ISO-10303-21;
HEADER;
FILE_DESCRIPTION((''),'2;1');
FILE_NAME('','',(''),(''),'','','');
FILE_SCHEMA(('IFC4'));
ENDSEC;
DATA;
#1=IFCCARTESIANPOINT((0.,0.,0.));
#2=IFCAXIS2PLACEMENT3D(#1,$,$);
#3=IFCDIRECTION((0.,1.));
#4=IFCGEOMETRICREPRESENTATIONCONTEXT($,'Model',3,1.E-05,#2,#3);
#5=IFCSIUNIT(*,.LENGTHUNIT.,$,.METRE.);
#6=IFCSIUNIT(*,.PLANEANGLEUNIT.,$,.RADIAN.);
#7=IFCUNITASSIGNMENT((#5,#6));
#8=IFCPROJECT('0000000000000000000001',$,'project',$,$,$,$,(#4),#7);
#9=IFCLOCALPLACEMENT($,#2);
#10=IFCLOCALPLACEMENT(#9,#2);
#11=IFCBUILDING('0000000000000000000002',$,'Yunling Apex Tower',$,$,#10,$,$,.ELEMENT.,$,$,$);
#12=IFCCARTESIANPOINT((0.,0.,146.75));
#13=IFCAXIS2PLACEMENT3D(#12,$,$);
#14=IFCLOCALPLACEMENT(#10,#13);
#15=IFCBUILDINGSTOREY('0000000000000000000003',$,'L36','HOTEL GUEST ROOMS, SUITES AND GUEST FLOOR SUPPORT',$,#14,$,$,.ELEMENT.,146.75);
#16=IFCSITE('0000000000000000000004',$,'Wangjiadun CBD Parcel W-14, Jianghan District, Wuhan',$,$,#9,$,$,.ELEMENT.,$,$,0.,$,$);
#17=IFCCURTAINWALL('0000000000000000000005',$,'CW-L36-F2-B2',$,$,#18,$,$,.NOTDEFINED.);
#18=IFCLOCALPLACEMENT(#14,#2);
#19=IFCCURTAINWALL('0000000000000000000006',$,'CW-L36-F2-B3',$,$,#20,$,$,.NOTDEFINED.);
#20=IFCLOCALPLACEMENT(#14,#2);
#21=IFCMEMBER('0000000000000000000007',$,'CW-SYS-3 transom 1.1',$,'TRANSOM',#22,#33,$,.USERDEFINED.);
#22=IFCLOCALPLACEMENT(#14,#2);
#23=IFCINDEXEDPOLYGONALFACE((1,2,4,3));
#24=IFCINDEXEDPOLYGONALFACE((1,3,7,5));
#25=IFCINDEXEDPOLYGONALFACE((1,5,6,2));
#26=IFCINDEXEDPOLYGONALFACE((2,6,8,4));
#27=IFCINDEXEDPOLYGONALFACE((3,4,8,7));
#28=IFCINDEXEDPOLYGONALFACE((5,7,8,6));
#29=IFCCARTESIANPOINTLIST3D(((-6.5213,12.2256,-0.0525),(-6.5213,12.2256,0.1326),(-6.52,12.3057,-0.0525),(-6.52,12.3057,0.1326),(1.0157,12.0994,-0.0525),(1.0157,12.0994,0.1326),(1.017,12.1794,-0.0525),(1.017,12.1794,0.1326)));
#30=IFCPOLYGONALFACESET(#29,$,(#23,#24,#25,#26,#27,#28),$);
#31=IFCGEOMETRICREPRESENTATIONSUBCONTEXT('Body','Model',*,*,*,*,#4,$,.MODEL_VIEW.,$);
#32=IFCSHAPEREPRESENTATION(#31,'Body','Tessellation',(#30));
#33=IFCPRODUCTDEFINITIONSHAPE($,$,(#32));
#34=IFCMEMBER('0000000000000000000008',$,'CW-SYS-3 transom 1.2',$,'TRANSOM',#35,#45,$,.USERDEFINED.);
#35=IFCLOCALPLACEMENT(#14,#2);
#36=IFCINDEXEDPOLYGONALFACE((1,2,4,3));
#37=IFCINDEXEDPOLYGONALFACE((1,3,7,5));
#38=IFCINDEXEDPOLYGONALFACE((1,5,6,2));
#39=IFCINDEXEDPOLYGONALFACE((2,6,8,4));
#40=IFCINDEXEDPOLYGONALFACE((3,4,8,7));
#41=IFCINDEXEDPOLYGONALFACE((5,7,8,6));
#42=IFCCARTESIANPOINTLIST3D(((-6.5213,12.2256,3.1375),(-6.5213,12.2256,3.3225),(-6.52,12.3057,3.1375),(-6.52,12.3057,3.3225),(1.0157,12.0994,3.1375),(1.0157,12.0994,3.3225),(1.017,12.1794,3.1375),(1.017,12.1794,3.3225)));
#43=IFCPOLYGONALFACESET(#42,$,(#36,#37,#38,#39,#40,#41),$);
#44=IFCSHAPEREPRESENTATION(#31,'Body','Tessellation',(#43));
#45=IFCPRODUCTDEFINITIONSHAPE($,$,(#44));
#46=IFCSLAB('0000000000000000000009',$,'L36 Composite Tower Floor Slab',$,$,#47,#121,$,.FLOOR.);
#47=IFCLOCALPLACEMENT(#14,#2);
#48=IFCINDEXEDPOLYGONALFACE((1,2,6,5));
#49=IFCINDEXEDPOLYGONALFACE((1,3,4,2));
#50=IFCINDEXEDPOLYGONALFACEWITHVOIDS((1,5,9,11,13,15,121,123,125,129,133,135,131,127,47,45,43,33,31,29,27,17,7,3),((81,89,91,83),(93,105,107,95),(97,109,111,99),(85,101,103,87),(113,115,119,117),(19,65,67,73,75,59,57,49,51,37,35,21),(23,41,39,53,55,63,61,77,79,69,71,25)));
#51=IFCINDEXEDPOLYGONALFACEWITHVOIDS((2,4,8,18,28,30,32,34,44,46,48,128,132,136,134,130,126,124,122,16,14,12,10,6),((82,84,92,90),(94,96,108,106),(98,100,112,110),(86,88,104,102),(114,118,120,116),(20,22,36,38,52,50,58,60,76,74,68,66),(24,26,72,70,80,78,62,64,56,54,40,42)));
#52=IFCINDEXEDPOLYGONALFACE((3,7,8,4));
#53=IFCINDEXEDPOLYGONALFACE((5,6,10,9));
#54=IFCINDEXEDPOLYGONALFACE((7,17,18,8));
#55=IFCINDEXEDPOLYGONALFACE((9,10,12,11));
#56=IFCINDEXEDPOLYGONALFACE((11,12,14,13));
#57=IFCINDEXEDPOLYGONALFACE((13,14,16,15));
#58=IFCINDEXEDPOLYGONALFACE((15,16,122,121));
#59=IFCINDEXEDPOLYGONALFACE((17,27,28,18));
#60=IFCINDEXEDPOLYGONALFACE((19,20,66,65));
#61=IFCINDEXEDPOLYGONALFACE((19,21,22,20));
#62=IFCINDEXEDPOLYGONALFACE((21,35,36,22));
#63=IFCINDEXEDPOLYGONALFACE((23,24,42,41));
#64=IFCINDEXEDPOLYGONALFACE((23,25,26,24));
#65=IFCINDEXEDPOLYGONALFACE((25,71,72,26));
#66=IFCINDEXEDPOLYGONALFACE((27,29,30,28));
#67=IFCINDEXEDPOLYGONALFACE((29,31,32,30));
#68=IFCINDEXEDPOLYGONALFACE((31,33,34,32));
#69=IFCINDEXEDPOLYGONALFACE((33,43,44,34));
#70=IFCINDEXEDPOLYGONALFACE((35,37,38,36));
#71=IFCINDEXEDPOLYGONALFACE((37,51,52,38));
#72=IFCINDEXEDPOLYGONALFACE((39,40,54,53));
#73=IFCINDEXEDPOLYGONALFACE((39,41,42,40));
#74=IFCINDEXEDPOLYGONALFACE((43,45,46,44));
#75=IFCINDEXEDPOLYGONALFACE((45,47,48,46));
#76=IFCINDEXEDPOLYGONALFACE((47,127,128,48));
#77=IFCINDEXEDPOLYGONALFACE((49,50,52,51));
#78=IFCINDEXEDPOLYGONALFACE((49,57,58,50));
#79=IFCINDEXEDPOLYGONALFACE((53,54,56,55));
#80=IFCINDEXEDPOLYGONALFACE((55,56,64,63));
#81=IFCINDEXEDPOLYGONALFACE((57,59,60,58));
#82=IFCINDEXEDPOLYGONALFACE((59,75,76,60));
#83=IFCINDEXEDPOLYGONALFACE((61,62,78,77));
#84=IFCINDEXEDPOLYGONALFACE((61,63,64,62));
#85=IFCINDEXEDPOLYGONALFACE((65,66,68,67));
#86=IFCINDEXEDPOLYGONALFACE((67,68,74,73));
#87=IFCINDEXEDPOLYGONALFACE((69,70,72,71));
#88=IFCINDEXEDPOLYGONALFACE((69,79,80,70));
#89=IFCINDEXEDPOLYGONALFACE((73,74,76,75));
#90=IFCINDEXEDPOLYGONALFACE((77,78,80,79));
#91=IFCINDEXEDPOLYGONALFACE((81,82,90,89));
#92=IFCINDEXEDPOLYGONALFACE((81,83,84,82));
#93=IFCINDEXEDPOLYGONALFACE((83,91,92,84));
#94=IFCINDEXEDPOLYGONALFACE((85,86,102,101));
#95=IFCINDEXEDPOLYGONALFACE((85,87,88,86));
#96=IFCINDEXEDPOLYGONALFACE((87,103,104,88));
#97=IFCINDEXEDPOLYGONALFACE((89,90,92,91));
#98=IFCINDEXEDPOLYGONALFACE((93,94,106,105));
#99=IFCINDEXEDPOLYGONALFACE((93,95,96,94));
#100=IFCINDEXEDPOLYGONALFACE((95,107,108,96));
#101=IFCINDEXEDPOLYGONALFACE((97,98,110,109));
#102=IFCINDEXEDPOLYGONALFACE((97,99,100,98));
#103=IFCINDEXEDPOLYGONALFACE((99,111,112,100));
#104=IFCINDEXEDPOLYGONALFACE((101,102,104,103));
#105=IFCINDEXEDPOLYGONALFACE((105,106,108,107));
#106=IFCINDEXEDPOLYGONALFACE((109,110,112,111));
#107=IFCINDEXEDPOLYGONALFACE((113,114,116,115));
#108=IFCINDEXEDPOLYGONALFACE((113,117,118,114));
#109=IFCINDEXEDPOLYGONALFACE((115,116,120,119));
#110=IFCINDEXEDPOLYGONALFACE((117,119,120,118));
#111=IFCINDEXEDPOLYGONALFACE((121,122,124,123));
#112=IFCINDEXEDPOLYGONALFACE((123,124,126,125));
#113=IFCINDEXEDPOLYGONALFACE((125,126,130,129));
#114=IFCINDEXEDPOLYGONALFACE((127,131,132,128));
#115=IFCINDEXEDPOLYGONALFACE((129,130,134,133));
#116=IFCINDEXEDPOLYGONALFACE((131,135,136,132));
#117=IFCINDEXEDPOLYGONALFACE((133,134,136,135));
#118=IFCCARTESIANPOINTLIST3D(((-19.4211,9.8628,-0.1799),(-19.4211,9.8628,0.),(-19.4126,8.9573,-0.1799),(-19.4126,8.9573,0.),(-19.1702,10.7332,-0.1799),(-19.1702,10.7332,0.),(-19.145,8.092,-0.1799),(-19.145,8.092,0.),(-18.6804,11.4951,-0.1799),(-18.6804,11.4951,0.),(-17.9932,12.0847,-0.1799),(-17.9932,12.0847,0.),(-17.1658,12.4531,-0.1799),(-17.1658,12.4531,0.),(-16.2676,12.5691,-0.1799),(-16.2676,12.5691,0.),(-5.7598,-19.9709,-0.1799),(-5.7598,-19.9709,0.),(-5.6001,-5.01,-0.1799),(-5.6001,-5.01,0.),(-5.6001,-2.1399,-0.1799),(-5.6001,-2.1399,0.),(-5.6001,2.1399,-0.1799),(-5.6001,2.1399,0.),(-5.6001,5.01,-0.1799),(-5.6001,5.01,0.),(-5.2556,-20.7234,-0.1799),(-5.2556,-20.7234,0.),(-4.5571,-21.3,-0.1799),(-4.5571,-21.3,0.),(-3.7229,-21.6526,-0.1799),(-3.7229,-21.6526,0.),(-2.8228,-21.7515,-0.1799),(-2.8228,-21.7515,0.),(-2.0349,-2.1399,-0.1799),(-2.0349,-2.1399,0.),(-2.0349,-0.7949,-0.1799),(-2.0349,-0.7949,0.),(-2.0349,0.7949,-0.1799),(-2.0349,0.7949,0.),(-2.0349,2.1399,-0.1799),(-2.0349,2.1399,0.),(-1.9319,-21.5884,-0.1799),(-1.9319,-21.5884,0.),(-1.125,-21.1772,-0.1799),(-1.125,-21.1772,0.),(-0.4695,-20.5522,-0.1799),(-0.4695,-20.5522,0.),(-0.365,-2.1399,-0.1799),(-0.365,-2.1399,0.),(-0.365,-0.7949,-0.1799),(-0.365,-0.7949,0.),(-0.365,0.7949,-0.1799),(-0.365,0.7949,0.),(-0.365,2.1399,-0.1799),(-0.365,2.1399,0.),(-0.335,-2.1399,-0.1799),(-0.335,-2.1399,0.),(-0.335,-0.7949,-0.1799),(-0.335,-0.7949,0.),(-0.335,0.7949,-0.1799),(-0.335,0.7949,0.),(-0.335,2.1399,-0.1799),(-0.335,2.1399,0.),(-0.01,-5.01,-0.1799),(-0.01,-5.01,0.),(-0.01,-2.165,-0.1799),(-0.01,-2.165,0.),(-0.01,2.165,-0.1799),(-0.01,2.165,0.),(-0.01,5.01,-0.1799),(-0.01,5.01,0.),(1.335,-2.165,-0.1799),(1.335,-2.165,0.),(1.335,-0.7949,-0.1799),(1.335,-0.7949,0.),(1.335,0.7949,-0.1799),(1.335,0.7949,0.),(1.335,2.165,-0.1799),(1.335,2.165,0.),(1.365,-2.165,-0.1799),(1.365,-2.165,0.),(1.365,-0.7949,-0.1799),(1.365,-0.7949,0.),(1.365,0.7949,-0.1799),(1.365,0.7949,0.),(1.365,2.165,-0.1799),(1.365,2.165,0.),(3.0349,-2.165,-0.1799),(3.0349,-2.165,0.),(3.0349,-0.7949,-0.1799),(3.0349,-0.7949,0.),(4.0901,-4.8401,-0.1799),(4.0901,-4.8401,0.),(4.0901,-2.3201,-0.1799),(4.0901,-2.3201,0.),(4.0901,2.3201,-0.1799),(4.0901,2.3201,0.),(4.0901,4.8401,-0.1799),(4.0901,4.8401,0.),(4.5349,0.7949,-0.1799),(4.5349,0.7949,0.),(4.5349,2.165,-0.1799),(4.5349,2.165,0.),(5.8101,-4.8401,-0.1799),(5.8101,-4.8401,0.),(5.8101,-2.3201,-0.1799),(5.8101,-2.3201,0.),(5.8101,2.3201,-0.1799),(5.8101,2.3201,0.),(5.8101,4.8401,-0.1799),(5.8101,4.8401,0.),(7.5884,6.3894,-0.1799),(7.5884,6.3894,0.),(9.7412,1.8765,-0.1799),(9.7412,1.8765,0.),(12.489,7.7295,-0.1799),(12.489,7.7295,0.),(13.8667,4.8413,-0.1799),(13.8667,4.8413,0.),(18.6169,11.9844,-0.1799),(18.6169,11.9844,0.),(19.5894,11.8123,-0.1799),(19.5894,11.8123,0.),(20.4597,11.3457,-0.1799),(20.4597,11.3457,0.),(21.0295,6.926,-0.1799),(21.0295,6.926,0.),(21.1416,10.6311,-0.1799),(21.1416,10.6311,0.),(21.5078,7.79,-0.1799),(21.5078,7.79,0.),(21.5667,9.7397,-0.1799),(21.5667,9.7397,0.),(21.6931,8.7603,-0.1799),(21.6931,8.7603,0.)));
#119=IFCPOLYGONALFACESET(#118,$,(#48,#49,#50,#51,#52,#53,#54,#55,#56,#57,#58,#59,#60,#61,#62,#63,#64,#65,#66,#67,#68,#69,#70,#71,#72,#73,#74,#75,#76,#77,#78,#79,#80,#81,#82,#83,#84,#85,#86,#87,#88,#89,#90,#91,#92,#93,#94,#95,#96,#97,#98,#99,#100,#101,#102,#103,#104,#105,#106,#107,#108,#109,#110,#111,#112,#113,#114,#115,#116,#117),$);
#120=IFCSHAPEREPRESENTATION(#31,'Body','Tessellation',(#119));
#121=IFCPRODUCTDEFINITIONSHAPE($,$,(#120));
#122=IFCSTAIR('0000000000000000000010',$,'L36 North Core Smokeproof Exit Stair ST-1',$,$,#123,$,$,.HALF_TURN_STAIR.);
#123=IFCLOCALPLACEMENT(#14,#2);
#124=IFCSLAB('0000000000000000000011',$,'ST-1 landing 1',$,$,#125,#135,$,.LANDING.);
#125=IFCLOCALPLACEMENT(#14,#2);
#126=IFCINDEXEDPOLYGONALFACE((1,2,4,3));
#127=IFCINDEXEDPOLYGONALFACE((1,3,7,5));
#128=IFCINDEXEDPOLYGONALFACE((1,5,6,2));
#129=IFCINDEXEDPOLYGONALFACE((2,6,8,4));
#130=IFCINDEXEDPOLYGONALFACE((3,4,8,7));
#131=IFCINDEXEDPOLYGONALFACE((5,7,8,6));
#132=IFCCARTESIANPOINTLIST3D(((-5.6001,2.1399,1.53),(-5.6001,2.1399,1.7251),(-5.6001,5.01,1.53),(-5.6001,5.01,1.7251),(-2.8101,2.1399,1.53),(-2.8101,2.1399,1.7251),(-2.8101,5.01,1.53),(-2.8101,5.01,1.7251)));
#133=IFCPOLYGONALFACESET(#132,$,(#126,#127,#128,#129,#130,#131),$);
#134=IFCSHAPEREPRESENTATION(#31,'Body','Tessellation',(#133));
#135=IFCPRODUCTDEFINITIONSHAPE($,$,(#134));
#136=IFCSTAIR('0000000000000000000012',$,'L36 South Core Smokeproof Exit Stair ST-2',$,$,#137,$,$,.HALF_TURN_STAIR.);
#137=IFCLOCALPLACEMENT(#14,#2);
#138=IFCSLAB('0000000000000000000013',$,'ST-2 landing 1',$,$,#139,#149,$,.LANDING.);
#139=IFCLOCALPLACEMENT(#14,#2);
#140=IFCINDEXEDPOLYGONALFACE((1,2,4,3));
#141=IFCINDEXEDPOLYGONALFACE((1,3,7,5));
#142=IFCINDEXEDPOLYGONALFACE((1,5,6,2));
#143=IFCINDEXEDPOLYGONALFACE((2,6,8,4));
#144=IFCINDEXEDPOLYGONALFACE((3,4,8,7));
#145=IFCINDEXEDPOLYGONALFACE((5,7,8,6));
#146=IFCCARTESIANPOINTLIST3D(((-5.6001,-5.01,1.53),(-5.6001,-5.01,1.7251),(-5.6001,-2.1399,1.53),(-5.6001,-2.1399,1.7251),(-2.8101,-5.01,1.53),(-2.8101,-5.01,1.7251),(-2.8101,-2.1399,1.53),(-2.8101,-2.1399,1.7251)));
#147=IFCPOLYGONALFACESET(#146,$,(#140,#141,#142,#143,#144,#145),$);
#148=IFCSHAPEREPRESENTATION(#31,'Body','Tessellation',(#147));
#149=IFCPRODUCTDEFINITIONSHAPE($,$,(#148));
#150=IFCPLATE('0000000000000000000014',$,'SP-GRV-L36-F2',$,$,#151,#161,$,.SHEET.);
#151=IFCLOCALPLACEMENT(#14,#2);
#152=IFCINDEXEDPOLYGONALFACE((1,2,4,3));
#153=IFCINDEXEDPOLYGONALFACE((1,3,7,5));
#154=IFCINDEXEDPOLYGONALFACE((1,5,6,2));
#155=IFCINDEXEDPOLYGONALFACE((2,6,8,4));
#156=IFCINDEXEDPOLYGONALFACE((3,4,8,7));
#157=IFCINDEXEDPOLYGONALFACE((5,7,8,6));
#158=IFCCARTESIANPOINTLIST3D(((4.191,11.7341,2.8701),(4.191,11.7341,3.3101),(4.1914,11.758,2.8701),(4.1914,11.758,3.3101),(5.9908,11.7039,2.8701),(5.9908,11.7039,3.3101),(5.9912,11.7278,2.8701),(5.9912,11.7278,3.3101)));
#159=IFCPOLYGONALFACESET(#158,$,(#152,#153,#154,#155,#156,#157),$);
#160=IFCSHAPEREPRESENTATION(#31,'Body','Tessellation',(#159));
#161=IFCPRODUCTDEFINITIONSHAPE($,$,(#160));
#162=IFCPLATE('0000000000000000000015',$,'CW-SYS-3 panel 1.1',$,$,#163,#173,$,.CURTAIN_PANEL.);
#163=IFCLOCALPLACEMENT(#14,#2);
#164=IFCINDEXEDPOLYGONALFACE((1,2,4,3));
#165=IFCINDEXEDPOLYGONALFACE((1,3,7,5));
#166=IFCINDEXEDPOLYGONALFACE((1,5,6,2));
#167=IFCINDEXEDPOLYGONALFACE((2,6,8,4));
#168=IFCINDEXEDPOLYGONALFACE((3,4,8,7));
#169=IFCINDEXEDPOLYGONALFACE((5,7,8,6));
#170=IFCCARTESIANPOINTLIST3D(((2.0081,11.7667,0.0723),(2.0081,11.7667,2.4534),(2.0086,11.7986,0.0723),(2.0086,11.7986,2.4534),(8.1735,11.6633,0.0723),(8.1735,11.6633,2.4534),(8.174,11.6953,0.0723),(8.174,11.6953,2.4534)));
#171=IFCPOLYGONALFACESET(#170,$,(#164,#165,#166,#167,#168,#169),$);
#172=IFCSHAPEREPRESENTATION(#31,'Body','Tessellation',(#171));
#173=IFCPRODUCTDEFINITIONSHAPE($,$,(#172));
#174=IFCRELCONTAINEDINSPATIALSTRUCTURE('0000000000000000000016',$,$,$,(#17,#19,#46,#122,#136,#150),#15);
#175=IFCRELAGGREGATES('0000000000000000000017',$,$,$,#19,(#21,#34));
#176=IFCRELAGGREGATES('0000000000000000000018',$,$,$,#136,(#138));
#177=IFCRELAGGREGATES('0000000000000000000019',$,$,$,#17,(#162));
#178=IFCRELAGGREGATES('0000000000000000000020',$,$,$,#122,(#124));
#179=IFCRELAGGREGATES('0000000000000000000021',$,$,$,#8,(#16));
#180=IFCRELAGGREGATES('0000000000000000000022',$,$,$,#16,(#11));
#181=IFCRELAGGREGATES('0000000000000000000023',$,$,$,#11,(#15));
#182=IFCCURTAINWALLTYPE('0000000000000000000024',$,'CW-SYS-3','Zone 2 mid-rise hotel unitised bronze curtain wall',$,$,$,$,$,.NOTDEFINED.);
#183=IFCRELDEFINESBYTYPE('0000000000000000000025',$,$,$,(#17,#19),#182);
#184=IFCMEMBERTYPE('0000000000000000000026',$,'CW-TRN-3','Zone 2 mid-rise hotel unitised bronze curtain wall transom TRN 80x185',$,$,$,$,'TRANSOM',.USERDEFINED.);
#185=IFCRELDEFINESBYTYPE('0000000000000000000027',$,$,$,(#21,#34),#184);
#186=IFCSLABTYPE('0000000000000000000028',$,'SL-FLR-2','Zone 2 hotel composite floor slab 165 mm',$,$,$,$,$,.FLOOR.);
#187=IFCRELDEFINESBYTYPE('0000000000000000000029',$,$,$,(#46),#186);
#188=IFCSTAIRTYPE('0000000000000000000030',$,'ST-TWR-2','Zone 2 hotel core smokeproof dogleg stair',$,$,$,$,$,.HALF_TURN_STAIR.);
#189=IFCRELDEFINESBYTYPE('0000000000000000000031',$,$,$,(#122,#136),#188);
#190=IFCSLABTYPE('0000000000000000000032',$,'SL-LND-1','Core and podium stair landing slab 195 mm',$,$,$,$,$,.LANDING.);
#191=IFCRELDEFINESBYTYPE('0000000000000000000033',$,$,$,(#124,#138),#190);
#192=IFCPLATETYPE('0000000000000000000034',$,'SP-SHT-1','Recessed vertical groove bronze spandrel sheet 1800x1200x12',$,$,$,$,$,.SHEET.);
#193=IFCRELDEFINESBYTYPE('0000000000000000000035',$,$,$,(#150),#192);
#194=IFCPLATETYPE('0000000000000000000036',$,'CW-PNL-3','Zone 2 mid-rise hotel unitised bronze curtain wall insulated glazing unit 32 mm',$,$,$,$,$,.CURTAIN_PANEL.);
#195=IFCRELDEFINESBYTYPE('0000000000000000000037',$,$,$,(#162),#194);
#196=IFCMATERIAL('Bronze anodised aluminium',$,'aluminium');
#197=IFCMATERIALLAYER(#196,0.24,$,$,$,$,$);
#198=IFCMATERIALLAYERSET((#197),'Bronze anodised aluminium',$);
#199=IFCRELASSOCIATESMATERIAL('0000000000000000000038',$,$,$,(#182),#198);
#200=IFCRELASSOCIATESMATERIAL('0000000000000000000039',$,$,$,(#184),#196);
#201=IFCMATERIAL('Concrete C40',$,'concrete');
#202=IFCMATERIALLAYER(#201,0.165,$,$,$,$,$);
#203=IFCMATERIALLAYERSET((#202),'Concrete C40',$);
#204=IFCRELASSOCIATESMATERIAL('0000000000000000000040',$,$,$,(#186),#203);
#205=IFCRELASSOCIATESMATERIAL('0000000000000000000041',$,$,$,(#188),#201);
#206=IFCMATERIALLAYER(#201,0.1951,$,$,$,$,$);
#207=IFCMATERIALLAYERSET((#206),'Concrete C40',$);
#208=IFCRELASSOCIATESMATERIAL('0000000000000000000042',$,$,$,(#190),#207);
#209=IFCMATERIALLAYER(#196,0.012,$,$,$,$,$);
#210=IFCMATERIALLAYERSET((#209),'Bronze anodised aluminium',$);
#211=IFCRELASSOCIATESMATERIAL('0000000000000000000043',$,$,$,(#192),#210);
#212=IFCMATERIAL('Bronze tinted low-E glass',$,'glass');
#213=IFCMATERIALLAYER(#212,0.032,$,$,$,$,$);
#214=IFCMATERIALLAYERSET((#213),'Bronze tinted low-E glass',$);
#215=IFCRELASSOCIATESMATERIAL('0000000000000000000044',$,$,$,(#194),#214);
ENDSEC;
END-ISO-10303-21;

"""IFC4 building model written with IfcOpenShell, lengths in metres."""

from ifc_helpers import new_model, si_unit, direction, frame, origin, origin_2d, place, context, subcontext, project, spatial, polyline, rectangle, outline, extrude, source, transform, mapped, material, layer, layer_set, material_profile, profile_set, type_object, element, aggregate, save


model = new_model("IFC4")

# Units and contexts
model_context = context("Model", 3, precision=1e-05, world=origin(), true_north=direction((0.0, 1.0)))
body_context = subcontext(model_context, "Body", "Model", "MODEL_VIEW")
ifc_project = project(units=[si_unit("LENGTHUNIT", "METRE"), si_unit("PLANEANGLEUNIT", "RADIAN")], contexts=[model_context])

# Site, building, storey
site_placement = place(None, origin())
site = spatial("IfcSite", under=ifc_project, at=site_placement, Name="Wangjiadun CBD Parcel W-14, Jianghan District, Wuhan", CompositionType="ELEMENT", RefElevation=0.0)
building_placement = place(site_placement, origin())
building = spatial("IfcBuilding", under=site, at=building_placement, Name="Yunling Apex Tower", CompositionType="ELEMENT")
storey_placement = place(building_placement, frame((0.0, 0.0, 146.75)))
storey = spatial("IfcBuildingStorey", under=building, at=storey_placement, Name="L36", Description="HOTEL GUEST ROOMS, SUITES AND GUEST FLOOR SUPPORT", CompositionType="ELEMENT", Elevation=146.75)

# Curtain wall
ifc_material_1 = material(Name="Bronze anodised aluminium", Category="aluminium")
ifc_layer_1 = layer(ifc_material_1, 0.24)
ifc_layer_set_1 = layer_set([ifc_layer_1], Name="Bronze anodised aluminium")
curtain_wall_type = type_object("IfcCurtainWallType", Name="CW-SYS-3", Description="Zone 2 mid-rise hotel unitised bronze curtain wall", PredefinedType="NOTDEFINED", material=ifc_layer_set_1)
curtain_wall_1_placement = place(storey_placement, origin())
curtain_wall_1 = element("IfcCurtainWall", 1, at=curtain_wall_1_placement, inside=storey, type_object=curtain_wall_type, Name="CW-L36-F2-B2", PredefinedType="NOTDEFINED")

# Curtain wall, members
curtain_wall_2_placement = place(storey_placement, origin())
curtain_wall_2 = element("IfcCurtainWall", 2, at=curtain_wall_2_placement, inside=storey, type_object=curtain_wall_type, Name="CW-L36-F2-B3", PredefinedType="NOTDEFINED")
ifc_material_profile_1 = material_profile(ifc_material_1, rectangle(XDim=0.0801, YDim=0.1851, at=origin_2d()))
ifc_profile_set_1 = profile_set([ifc_material_profile_1], Name="Bronze anodised aluminium")
member_type_1 = type_object("IfcMemberType", Name="CW-TRN-3", Description="Zone 2 mid-rise hotel unitised bronze curtain wall transom TRN 80x185", ElementType="TRANSOM", PredefinedType="USERDEFINED", material=ifc_profile_set_1)
shared_shape_1 = source(origin(), body_context, "Body", "SweptSolid", [
    extrude(rectangle(XDim=0.0801, YDim=0.1851, at=origin_2d()), origin(), (0.0, 0.0, 1.0), 7.5381),
])
member_1_placement = place(storey_placement, frame((1.0164, 12.1394, 0.04), z_axis=(-0.99986, 0.016744, 0.0), x_axis=(-0.016744, -0.99986, 0.0)))
member_1 = element("IfcMember", 3, at=member_1_placement, type_object=member_type_1, Name="CW-SYS-3 transom 1.1", ObjectType="TRANSOM", PredefinedType="USERDEFINED", context=body_context, shape_type="MappedRepresentation", body=[
    mapped(shared_shape_1, transform((0.0, 0.0, 0.0), scale=1.0)),
])
member_2_placement = place(storey_placement, frame((1.0164, 12.1394, 3.23), z_axis=(-0.99986, 0.016744, 0.0), x_axis=(-0.016744, -0.99986, 0.0)))
member_2 = element("IfcMember", 4, at=member_2_placement, type_object=member_type_1, Name="CW-SYS-3 transom 1.2", ObjectType="TRANSOM", PredefinedType="USERDEFINED", context=body_context, shape_type="MappedRepresentation", body=[
    mapped(shared_shape_1, transform((0.0, 0.0, 0.0), scale=1.0)),
])
aggregate(curtain_wall_2, [member_1, member_2])

# Slab
ifc_material_2 = material(Name="Concrete C40", Category="concrete")
ifc_layer_2 = layer(ifc_material_2, 0.165)
ifc_layer_set_2 = layer_set([ifc_layer_2], Name="Concrete C40")
slab_type_1 = type_object("IfcSlabType", Name="SL-FLR-2", Description="Zone 2 hotel composite floor slab 165 mm", PredefinedType="FLOOR", material=ifc_layer_set_2)
slab_1_placement = place(storey_placement, frame((0.0, 0.0, -0.1799)))
element("IfcSlab", 5, at=slab_1_placement, inside=storey, type_object=slab_type_1, Name="L36 Composite Tower Floor Slab", PredefinedType="FLOOR", context=body_context, shape_type="SweptSolid", body=[
    extrude(outline(polyline([(-5.7598, -19.9709), (-5.2556, -20.7234), (-4.5571, -21.3), (-3.7229, -21.6526), (-2.8228, -21.7515), (-1.9319, -21.5884), (-1.125, -21.1772), (-0.4695, -20.5522), (21.0295, 6.926), (21.5078, 7.79), (21.6931, 8.7603), (21.5667, 9.7397), (21.1416, 10.6311), (20.4597, 11.3457), (19.5894, 11.8123), (18.6169, 11.9844), (-16.2676, 12.5691), (-17.1658, 12.4531), (-17.9932, 12.0847), (-18.6804, 11.4951), (-19.1702, 10.7332), (-19.4211, 9.8628), (-19.4126, 8.9573), (-19.145, 8.092), (-5.7598, -19.9709)]), holes=[polyline([(12.489, 7.7295), (13.8667, 4.8413), (9.7412, 1.8765), (7.5884, 6.3894), (12.489, 7.7295)]), polyline([(4.0901, -2.3201), (5.8101, -2.3201), (5.8101, -4.8401), (4.0901, -4.8401), (4.0901, -2.3201)]), polyline([(5.8101, 4.8401), (5.8101, 2.3201), (4.0901, 2.3201), (4.0901, 4.8401), (5.8101, 4.8401)]), polyline([(1.365, 2.165), (4.5349, 2.165), (4.5349, 0.7949), (1.365, 0.7949), (1.365, 2.165)]), polyline([(3.0349, -0.7949), (3.0349, -2.165), (1.365, -2.165), (1.365, -0.7949), (3.0349, -0.7949)]), polyline([(-2.0349, -0.7949), (-0.365, -0.7949), (-0.365, -2.1399), (-0.335, -2.1399), (-0.335, -0.7949), (1.335, -0.7949), (1.335, -2.165), (-0.01, -2.165), (-0.01, -5.01), (-5.6001, -5.01), (-5.6001, -2.1399), (-2.0349, -2.1399), (-2.0349, -0.7949)]), polyline([(-5.6001, 2.1399), (-5.6001, 5.01), (-0.01, 5.01), (-0.01, 2.165), (1.335, 2.165), (1.335, 0.7949), (-0.335, 0.7949), (-0.335, 2.1399), (-0.365, 2.1399), (-0.365, 0.7949), (-2.0349, 0.7949), (-2.0349, 2.1399), (-5.6001, 2.1399)])]), origin(), (0.0, 0.0, 1.0), 0.1799),
])

# Stairs, slabs
stair_type = type_object("IfcStairType", Name="ST-TWR-2", Description="Zone 2 hotel core smokeproof dogleg stair", PredefinedType="HALF_TURN_STAIR", material=ifc_material_2)
stair_1_placement = place(storey_placement, origin())
stair_1 = element("IfcStair", 6, at=stair_1_placement, inside=storey, type_object=stair_type, Name="L36 North Core Smokeproof Exit Stair ST-1", PredefinedType="HALF_TURN_STAIR")
ifc_layer_3 = layer(ifc_material_2, 0.1951)
ifc_layer_set_3 = layer_set([ifc_layer_3], Name="Concrete C40")
slab_type_2 = type_object("IfcSlabType", Name="SL-LND-1", Description="Core and podium stair landing slab 195 mm", PredefinedType="LANDING", material=ifc_layer_set_3)
slab_2_placement = place(storey_placement, frame((0.0, 0.0, 1.53)))
slab_2 = element("IfcSlab", 7, at=slab_2_placement, type_object=slab_type_2, Name="ST-1 landing 1", PredefinedType="LANDING", context=body_context, shape_type="SweptSolid", body=[
    extrude(outline(polyline([(-2.8101, 5.01), (-5.6001, 5.01), (-5.6001, 2.1399), (-2.8101, 2.1399), (-2.8101, 5.01)])), origin(), (0.0, 0.0, 1.0), 0.1951),
])
stair_2_placement = place(storey_placement, origin())
stair_2 = element("IfcStair", 8, at=stair_2_placement, inside=storey, type_object=stair_type, Name="L36 South Core Smokeproof Exit Stair ST-2", PredefinedType="HALF_TURN_STAIR")
slab_3_placement = place(storey_placement, frame((0.0, 0.0, 1.53)))
slab_3 = element("IfcSlab", 9, at=slab_3_placement, type_object=slab_type_2, Name="ST-2 landing 1", PredefinedType="LANDING", context=body_context, shape_type="SweptSolid", body=[
    extrude(outline(polyline([(-2.8101, -2.1399), (-5.6001, -2.1399), (-5.6001, -5.01), (-2.8101, -5.01), (-2.8101, -2.1399)])), origin(), (0.0, 0.0, 1.0), 0.1951),
])
aggregate(stair_2, [slab_3])

# Plates
ifc_layer_4 = layer(ifc_material_1, 0.012)
ifc_layer_set_4 = layer_set([ifc_layer_4], Name="Bronze anodised aluminium")
plate_type_1 = type_object("IfcPlateType", Name="SP-SHT-1", Description="Recessed vertical groove bronze spandrel sheet 1800x1200x12", PredefinedType="SHEET", material=ifc_layer_set_4)
shared_shape_2 = source(origin(), body_context, "Body", "SweptSolid", [
    extrude(rectangle(XDim=1.8, YDim=0.0239, at=origin_2d()), origin(), (0.0, 0.0, 1.0), 0.4399),
])
plate_1_placement = place(storey_placement, frame((5.0911, 11.731, 2.8701), z_axis=(0.0, 0.0, 1.0), x_axis=(-0.99986, 0.016754, 0.0)))
element("IfcPlate", 10, at=plate_1_placement, inside=storey, type_object=plate_type_1, Name="SP-GRV-L36-F2", PredefinedType="SHEET", context=body_context, shape_type="MappedRepresentation", body=[
    mapped(shared_shape_2, transform((0.0, 0.0, 0.0), scale=1.0)),
])
ifc_material_3 = material(Name="Bronze tinted low-E glass", Category="glass")
ifc_layer_5 = layer(ifc_material_3, 0.032)
ifc_layer_set_5 = layer_set([ifc_layer_5], Name="Bronze tinted low-E glass")
plate_type_2 = type_object("IfcPlateType", Name="CW-PNL-3", Description="Zone 2 mid-rise hotel unitised bronze curtain wall insulated glazing unit 32 mm", PredefinedType="CURTAIN_PANEL", material=ifc_layer_set_5)
shared_shape_3 = source(origin(), body_context, "Body", "SweptSolid", [
    extrude(rectangle(XDim=6.1663, YDim=0.032, at=origin_2d()), origin(), (0.0, 0.0, 1.0), 2.3811),
])
plate_2_placement = place(storey_placement, frame((5.0911, 11.731, 0.0723), z_axis=(0.0, 0.0, 1.0), x_axis=(-0.999859, 0.016767, 0.0)))
plate_2 = element("IfcPlate", 11, at=plate_2_placement, type_object=plate_type_2, Name="CW-SYS-3 panel 1.1", PredefinedType="CURTAIN_PANEL", context=body_context, shape_type="MappedRepresentation", body=[
    mapped(shared_shape_3, transform((0.0, 0.0, 0.0), scale=1.0)),
])
aggregate(curtain_wall_1, [plate_2])

aggregate(stair_1, [slab_2])

save(model, "model.ifc")
